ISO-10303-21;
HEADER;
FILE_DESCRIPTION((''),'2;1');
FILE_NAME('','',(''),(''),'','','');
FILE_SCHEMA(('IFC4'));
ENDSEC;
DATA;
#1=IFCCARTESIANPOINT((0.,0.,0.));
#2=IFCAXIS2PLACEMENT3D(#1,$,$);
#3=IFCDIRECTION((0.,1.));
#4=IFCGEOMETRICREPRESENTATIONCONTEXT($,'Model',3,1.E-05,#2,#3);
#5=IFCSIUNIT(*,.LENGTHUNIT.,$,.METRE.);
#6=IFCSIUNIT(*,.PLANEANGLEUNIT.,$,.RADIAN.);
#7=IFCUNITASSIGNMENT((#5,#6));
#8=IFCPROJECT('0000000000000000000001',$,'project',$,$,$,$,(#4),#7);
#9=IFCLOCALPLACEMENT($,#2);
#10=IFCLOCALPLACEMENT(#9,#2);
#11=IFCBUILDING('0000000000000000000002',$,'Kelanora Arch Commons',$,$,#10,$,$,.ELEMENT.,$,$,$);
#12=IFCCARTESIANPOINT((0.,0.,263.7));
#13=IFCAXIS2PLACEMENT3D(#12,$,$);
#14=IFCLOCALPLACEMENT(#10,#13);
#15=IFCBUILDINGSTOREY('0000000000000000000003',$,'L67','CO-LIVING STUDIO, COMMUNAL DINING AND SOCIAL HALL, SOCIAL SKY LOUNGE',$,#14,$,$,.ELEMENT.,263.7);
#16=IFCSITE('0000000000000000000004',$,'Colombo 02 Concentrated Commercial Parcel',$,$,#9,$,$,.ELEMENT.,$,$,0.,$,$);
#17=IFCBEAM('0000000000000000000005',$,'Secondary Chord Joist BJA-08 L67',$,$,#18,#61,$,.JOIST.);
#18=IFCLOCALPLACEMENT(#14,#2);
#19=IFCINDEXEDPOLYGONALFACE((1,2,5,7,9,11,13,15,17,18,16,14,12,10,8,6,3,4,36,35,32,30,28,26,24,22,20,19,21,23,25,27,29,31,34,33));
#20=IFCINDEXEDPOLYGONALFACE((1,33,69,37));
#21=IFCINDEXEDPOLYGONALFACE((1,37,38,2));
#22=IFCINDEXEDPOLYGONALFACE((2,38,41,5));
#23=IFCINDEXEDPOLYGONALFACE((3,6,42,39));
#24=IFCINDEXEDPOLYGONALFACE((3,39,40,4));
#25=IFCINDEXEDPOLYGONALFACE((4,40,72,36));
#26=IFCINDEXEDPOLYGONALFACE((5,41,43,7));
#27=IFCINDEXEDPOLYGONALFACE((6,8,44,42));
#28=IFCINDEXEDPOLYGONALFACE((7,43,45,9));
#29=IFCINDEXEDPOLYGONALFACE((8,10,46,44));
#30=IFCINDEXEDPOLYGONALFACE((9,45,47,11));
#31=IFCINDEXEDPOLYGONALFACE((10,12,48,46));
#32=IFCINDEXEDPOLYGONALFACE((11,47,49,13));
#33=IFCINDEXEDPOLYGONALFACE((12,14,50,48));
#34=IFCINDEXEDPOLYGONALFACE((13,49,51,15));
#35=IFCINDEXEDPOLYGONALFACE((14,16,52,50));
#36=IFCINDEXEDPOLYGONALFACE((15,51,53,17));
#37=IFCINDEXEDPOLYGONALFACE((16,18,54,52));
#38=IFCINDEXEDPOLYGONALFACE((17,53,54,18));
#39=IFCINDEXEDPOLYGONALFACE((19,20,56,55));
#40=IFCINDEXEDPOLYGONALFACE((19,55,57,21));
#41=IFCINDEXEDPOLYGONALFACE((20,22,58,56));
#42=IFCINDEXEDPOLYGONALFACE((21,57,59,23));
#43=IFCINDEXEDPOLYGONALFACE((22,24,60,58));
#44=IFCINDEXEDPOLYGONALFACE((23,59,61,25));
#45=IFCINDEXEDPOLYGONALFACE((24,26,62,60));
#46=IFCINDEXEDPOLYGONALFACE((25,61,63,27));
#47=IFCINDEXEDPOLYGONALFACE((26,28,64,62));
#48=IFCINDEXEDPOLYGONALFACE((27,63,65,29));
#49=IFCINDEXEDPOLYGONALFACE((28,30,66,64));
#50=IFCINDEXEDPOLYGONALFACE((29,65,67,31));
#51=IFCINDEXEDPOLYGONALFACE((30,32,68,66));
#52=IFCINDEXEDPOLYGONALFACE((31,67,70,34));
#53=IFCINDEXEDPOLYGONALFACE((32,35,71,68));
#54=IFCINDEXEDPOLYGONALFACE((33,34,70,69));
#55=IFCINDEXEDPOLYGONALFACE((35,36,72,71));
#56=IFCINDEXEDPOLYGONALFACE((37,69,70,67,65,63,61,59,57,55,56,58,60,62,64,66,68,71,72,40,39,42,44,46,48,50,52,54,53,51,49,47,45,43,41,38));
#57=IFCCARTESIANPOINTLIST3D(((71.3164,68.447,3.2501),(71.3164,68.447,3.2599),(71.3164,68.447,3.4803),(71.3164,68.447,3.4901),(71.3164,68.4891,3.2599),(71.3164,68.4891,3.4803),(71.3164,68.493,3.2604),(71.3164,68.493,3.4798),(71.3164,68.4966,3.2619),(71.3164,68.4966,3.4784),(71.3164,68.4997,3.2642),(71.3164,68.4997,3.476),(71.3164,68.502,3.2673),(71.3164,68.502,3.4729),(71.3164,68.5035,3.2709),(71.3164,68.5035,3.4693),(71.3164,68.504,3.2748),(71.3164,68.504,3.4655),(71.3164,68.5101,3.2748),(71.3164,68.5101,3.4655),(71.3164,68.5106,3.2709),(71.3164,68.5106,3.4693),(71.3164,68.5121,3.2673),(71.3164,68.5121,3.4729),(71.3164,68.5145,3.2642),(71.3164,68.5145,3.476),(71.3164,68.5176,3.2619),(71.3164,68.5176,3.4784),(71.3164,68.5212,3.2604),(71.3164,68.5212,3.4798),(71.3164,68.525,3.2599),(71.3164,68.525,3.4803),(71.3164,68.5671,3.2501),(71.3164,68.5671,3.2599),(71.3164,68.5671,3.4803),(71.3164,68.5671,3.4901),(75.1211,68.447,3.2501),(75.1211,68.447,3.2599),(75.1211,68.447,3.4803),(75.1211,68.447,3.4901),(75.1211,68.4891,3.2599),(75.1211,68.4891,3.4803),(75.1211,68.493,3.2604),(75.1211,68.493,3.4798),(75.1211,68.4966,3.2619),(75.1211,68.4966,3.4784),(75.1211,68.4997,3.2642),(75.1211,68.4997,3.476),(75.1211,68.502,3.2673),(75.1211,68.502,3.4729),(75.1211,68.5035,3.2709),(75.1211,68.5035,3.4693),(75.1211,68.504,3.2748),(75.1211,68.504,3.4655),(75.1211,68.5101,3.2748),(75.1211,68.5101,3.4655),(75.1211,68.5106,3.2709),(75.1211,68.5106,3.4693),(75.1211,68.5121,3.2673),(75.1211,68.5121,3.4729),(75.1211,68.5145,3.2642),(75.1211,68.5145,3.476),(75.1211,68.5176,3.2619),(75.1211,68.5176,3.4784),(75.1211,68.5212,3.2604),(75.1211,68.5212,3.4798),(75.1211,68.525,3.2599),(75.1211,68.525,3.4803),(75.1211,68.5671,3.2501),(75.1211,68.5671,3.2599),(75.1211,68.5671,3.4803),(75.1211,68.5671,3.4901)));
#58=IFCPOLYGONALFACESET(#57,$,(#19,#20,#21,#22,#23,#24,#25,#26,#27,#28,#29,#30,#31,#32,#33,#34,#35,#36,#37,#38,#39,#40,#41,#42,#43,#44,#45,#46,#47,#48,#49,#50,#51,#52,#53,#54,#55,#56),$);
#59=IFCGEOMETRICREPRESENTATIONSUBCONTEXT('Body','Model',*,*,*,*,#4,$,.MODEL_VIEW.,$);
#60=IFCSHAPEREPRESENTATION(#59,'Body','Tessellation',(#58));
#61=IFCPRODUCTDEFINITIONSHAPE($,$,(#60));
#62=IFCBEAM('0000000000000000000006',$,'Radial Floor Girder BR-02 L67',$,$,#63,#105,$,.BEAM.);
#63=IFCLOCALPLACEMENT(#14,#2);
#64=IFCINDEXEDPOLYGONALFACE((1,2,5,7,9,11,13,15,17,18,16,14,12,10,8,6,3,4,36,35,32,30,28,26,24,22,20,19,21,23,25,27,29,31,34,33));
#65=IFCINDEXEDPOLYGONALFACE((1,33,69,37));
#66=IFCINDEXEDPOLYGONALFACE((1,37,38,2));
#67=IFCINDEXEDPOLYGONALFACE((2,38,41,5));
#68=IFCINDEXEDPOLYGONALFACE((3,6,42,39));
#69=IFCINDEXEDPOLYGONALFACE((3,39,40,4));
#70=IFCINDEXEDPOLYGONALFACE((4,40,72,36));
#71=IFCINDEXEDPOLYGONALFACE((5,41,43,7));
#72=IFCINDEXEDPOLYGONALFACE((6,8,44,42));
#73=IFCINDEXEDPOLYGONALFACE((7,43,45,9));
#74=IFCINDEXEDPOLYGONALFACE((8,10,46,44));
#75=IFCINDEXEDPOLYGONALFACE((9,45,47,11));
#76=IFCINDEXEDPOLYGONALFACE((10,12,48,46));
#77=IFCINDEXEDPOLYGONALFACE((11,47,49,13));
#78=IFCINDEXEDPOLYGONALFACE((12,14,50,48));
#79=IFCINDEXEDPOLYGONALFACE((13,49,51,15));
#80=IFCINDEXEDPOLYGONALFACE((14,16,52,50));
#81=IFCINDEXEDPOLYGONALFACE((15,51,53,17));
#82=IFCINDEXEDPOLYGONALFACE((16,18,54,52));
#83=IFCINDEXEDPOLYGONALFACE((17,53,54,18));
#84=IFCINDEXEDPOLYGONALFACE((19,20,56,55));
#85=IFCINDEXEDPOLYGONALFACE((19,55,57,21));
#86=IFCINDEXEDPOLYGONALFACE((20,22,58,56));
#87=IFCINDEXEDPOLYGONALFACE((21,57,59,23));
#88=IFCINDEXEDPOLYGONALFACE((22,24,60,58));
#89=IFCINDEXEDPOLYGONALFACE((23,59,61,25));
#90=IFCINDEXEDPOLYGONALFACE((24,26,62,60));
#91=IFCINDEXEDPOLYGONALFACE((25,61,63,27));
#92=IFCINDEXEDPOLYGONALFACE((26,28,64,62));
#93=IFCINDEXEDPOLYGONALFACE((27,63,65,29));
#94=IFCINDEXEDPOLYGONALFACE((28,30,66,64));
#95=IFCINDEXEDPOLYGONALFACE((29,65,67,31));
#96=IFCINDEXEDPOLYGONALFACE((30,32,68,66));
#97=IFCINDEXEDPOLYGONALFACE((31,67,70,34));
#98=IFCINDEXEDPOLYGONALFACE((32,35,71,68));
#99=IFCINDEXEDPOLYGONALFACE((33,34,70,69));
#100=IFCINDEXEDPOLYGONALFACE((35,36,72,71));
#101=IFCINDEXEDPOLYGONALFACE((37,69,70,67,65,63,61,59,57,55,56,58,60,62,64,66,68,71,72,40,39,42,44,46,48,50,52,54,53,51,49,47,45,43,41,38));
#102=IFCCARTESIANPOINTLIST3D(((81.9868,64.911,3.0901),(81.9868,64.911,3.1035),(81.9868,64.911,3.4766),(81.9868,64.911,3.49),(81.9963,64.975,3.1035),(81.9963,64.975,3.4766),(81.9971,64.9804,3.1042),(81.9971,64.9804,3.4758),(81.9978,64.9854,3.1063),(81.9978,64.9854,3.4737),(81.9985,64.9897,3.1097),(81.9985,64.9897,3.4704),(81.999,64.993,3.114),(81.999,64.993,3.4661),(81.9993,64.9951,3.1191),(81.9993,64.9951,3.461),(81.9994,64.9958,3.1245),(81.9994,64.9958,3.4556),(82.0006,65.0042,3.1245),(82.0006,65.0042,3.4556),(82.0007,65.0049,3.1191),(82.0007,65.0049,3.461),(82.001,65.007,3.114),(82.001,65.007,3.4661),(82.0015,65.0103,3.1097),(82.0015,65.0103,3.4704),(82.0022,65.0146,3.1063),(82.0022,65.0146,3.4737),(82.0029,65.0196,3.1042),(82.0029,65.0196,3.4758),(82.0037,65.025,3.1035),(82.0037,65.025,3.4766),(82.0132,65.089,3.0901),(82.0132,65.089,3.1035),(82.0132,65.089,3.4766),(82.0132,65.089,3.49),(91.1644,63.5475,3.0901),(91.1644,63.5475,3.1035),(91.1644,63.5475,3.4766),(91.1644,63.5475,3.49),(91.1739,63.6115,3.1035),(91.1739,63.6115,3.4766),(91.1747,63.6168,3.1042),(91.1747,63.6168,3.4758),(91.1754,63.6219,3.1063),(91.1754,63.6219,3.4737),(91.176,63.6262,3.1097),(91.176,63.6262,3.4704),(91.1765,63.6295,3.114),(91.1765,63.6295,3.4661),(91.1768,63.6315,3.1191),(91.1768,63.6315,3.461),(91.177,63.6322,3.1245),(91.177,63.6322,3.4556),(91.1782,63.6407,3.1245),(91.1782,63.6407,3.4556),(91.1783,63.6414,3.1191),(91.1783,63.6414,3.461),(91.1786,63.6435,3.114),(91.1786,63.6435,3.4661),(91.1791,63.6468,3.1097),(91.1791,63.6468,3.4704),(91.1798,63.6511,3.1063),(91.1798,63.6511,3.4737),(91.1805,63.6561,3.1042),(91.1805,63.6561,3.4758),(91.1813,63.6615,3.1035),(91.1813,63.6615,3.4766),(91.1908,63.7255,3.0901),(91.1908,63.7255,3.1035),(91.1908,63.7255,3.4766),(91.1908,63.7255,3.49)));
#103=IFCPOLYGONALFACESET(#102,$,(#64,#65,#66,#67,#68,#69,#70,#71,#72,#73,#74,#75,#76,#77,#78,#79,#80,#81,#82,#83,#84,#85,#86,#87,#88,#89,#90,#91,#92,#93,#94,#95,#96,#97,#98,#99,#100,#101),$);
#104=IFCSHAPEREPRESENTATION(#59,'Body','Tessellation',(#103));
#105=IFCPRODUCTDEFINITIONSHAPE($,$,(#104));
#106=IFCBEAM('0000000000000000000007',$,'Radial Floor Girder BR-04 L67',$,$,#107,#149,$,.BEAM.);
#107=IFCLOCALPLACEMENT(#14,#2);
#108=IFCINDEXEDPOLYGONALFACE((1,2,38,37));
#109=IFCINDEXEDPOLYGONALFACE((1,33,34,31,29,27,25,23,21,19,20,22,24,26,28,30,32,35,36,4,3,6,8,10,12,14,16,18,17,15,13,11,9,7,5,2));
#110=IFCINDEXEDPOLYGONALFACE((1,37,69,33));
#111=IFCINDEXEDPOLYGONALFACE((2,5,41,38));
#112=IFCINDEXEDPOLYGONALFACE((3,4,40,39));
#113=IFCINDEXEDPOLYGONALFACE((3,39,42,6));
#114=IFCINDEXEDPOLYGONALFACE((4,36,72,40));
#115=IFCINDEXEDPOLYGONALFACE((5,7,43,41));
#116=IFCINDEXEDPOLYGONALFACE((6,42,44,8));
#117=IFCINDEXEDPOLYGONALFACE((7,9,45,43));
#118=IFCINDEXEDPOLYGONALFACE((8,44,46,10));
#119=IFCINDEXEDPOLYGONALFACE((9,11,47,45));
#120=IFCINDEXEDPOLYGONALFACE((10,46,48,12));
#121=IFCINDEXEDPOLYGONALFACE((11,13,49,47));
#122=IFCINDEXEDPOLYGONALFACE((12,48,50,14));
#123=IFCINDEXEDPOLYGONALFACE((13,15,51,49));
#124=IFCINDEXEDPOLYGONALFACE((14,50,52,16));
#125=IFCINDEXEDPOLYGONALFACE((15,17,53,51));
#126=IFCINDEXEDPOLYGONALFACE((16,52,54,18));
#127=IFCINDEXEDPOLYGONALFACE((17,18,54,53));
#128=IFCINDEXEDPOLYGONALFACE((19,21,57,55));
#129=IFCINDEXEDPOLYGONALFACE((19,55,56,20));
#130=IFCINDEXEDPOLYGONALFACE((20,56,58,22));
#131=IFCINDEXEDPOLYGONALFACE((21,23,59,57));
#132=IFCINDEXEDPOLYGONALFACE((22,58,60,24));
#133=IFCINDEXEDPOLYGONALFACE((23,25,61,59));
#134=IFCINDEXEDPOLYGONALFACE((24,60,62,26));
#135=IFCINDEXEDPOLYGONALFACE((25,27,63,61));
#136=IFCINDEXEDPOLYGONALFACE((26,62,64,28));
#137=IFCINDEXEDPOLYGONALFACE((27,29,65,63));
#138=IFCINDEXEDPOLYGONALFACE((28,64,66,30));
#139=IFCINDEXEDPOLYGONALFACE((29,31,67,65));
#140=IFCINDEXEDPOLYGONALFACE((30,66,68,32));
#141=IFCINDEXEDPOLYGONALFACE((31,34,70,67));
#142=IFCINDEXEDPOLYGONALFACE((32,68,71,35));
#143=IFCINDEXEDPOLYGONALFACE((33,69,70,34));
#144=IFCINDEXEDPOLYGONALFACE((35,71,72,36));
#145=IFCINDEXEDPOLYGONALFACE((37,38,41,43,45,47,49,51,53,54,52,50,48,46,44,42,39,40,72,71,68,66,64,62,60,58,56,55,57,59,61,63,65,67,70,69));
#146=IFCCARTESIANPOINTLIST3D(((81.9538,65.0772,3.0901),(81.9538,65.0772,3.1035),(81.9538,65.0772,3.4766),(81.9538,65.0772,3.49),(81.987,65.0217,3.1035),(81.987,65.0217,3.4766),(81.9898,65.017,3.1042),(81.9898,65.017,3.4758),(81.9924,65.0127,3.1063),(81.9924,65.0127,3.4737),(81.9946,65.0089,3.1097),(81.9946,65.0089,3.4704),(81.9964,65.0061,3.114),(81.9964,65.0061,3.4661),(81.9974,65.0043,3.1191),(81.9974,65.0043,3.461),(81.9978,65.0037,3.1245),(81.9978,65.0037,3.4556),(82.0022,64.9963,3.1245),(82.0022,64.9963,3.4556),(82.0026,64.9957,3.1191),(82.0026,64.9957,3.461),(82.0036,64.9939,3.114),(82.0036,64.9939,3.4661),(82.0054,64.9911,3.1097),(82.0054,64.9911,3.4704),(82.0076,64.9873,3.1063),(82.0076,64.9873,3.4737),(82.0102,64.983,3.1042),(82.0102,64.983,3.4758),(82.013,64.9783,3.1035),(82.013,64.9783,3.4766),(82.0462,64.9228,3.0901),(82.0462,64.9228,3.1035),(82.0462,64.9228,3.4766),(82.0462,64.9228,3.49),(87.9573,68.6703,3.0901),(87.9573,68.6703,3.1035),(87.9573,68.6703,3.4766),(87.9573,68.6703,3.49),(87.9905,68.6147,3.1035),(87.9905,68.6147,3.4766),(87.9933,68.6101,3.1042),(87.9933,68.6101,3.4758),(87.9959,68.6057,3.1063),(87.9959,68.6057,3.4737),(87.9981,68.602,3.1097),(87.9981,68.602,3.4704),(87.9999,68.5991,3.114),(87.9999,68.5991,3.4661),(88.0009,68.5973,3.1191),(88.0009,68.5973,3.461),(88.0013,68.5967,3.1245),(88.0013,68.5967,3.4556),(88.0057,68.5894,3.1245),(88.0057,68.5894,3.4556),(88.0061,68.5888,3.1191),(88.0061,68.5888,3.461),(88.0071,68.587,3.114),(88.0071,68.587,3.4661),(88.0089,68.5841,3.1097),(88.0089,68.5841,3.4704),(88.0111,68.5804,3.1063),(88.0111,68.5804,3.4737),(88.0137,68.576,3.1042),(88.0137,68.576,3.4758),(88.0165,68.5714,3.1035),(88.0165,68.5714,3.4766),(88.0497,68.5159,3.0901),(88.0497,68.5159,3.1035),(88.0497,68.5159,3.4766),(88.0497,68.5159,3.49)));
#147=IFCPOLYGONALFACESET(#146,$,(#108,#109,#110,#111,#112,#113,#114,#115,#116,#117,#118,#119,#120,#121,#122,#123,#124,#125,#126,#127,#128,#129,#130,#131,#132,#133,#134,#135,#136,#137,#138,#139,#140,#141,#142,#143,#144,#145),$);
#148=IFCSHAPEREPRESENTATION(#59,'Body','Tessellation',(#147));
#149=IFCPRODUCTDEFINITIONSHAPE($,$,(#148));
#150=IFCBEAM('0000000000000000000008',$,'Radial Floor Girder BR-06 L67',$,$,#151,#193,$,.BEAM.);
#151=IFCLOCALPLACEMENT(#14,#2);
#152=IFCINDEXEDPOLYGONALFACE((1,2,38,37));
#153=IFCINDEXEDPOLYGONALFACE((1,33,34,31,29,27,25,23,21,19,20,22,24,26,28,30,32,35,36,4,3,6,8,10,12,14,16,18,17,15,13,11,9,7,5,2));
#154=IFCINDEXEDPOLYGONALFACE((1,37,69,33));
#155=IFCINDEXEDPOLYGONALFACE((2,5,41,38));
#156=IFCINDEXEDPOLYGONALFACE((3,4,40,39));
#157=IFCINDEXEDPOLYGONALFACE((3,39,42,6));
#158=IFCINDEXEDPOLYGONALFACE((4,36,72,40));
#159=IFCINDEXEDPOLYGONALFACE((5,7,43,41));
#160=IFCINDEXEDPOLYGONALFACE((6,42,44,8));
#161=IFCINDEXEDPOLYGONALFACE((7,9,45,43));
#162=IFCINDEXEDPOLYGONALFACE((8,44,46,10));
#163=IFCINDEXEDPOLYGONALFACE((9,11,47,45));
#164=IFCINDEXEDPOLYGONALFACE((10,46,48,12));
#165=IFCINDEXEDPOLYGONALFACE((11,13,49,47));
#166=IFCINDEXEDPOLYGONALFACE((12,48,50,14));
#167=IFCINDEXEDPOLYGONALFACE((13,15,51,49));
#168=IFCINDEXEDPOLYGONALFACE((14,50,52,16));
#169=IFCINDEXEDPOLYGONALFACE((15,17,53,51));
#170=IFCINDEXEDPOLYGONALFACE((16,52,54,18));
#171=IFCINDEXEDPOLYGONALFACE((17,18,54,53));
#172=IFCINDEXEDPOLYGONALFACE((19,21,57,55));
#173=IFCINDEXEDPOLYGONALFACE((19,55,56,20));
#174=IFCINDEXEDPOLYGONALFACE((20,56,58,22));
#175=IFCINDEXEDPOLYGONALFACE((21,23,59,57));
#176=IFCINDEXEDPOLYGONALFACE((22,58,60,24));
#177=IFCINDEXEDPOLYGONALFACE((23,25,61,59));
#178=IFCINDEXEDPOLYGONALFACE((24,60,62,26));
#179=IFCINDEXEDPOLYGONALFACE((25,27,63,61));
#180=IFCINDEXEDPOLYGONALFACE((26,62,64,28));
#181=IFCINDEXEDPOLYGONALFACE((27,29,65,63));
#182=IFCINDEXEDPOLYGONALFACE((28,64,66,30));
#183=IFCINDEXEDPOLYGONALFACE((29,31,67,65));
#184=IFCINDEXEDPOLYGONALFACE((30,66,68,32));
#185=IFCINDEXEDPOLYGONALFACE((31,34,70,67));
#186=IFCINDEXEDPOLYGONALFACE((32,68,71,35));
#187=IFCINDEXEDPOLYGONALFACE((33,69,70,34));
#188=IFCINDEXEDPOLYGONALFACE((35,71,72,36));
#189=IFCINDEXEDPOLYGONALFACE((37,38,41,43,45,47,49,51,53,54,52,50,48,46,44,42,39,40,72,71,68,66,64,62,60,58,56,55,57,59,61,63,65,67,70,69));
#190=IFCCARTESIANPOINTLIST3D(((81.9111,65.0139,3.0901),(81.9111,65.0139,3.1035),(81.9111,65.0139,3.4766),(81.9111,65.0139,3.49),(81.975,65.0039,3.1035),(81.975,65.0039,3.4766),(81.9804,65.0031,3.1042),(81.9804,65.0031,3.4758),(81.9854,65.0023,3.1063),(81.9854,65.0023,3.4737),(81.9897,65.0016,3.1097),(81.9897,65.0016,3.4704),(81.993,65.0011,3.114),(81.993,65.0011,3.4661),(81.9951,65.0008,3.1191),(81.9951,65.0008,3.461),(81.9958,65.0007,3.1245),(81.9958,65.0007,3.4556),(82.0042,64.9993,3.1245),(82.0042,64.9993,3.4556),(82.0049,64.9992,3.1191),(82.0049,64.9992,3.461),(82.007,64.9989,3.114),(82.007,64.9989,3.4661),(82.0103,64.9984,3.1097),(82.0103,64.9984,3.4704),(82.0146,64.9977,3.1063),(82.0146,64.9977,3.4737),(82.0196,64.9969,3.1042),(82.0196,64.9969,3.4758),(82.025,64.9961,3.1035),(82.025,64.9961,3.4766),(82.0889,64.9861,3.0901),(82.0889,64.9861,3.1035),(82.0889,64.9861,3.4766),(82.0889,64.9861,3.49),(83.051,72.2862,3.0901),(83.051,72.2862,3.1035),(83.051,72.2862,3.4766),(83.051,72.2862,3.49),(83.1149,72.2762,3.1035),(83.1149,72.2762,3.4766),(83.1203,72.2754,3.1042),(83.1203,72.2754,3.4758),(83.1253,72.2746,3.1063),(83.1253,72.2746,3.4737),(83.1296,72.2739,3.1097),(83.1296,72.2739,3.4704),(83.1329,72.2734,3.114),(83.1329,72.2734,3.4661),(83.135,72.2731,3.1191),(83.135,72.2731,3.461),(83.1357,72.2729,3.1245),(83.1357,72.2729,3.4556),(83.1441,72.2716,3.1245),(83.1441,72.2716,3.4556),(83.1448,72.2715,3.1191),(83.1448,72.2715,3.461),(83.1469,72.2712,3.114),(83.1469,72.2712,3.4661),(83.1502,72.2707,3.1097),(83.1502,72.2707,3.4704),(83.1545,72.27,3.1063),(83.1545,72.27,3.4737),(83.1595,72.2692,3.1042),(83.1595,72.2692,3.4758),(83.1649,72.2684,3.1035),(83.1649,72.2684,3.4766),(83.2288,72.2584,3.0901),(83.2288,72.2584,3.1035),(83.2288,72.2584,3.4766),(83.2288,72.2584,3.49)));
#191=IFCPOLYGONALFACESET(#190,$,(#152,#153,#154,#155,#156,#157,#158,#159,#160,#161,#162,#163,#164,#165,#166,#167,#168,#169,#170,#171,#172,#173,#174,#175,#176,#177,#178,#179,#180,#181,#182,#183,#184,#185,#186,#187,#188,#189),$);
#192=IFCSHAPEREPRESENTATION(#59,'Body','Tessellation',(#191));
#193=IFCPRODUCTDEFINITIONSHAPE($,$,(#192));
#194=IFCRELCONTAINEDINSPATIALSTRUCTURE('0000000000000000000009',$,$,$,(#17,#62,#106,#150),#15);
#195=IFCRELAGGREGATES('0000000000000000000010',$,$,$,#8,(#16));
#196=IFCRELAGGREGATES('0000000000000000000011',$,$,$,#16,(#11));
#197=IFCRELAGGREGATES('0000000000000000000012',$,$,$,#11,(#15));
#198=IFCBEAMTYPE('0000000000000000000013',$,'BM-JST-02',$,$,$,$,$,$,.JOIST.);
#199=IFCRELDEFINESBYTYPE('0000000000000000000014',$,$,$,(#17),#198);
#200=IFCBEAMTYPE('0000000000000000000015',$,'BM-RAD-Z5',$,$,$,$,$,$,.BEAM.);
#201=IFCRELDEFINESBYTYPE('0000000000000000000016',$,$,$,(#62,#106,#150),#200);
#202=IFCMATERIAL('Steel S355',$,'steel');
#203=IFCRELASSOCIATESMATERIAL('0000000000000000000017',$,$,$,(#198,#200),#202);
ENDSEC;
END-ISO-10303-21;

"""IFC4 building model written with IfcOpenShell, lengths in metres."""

from ifc_helpers import new_model, si_unit, direction, frame, origin, origin_2d, place, context, subcontext, project, spatial, i_section, extrude, material, material_profile, profile_set, type_object, element, save


model = new_model("IFC4")

# Units and contexts
model_context = context("Model", 3, precision=1e-05, world=origin(), true_north=direction((0.0, 1.0)))
body_context = subcontext(model_context, "Body", "Model", "MODEL_VIEW")
ifc_project = project(units=[si_unit("LENGTHUNIT", "METRE"), si_unit("PLANEANGLEUNIT", "RADIAN")], contexts=[model_context])

# Site, building, storey
site_placement = place(None, origin())
site = spatial("IfcSite", under=ifc_project, at=site_placement, Name="Colombo 02 Concentrated Commercial Parcel", CompositionType="ELEMENT", RefElevation=0.0)
building_placement = place(site_placement, origin())
building = spatial("IfcBuilding", under=site, at=building_placement, Name="Kelanora Arch Commons", CompositionType="ELEMENT")
storey_placement = place(building_placement, frame((0.0, 0.0, 263.7)))
storey = spatial("IfcBuildingStorey", under=building, at=storey_placement, Name="L67", Description="CO-LIVING STUDIO, COMMUNAL DINING AND SOCIAL HALL, SOCIAL SKY LOUNGE", CompositionType="ELEMENT", Elevation=263.7)

# Beams
ifc_material_1 = material(Name="Steel S355", Category="steel")
ifc_material_profile_1 = material_profile(ifc_material_1, i_section(OverallWidth=0.1201, OverallDepth=0.24, WebThickness=0.0061, FlangeThickness=0.0098, FilletRadius=0.0149, at=origin_2d()), Name="IPE240")
ifc_profile_set_1 = profile_set([ifc_material_profile_1], Name="Steel S355")
beam_type_1 = type_object("IfcBeamType", Name="BM-JST-02", PredefinedType="JOIST", material=ifc_profile_set_1)
beam_1_placement = place(storey_placement, frame((75.1211, 68.5071, 3.3701), z_axis=(-1.0, 0.0, 0.0), x_axis=(0.0, -1.0, 0.0)))
element("IfcBeam", 1, at=beam_1_placement, inside=storey, type_object=beam_type_1, Name="Secondary Chord Joist BJA-08 L67", PredefinedType="JOIST", context=body_context, shape_type="SweptSolid", body=[
    extrude(i_section(OverallWidth=0.1201, OverallDepth=0.24, WebThickness=0.0061, FlangeThickness=0.0098, FilletRadius=0.0149, at=origin_2d()), origin(), (0.0, 0.0, 1.0), 3.8047),
])
ifc_material_profile_2 = material_profile(ifc_material_1, i_section(OverallWidth=0.1799, OverallDepth=0.3999, WebThickness=0.0085, FlangeThickness=0.0134, FilletRadius=0.021, at=origin_2d()), Name="IPE400")
ifc_profile_set_2 = profile_set([ifc_material_profile_2], Name="Steel S355")
beam_type_2 = type_object("IfcBeamType", Name="BM-RAD-Z5", PredefinedType="BEAM", material=ifc_profile_set_2)
beam_2_placement = place(storey_placement, frame((82.0, 65.0, 3.29), z_axis=(0.989142, -0.14696, 0.0), x_axis=(0.14696, 0.989142, 0.0)))
element("IfcBeam", 2, at=beam_2_placement, inside=storey, type_object=beam_type_2, Name="Radial Floor Girder BR-02 L67", PredefinedType="BEAM", context=body_context, shape_type="SweptSolid", body=[
    extrude(i_section(OverallWidth=0.1799, OverallDepth=0.3999, WebThickness=0.0085, FlangeThickness=0.0134, FilletRadius=0.021, at=origin_2d()), origin(), (0.0, 0.0, 1.0), 9.2783),
])
beam_3_placement = place(storey_placement, frame((82.0, 65.0, 3.29), z_axis=(0.858062, 0.513546, 0.0), x_axis=(-0.513546, 0.858062, 0.0)))
element("IfcBeam", 3, at=beam_3_placement, inside=storey, type_object=beam_type_2, Name="Radial Floor Girder BR-04 L67", PredefinedType="BEAM", context=body_context, shape_type="SweptSolid", body=[
    extrude(i_section(OverallWidth=0.1799, OverallDepth=0.3999, WebThickness=0.0085, FlangeThickness=0.0134, FilletRadius=0.021, at=origin_2d()), origin(), (0.0, 0.0, 1.0), 6.9966),
])
beam_4_placement = place(storey_placement, frame((82.0, 65.0, 3.29), z_axis=(0.154855, 0.987937, 0.0), x_axis=(-0.987937, 0.154855, 0.0)))
element("IfcBeam", 4, at=beam_4_placement, inside=storey, type_object=beam_type_2, Name="Radial Floor Girder BR-06 L67", PredefinedType="BEAM", context=body_context, shape_type="SweptSolid", body=[
    extrude(i_section(OverallWidth=0.1799, OverallDepth=0.3999, WebThickness=0.0085, FlangeThickness=0.0134, FilletRadius=0.021, at=origin_2d()), origin(), (0.0, 0.0, 1.0), 7.3611),
])

save(model, "model.ifc")
